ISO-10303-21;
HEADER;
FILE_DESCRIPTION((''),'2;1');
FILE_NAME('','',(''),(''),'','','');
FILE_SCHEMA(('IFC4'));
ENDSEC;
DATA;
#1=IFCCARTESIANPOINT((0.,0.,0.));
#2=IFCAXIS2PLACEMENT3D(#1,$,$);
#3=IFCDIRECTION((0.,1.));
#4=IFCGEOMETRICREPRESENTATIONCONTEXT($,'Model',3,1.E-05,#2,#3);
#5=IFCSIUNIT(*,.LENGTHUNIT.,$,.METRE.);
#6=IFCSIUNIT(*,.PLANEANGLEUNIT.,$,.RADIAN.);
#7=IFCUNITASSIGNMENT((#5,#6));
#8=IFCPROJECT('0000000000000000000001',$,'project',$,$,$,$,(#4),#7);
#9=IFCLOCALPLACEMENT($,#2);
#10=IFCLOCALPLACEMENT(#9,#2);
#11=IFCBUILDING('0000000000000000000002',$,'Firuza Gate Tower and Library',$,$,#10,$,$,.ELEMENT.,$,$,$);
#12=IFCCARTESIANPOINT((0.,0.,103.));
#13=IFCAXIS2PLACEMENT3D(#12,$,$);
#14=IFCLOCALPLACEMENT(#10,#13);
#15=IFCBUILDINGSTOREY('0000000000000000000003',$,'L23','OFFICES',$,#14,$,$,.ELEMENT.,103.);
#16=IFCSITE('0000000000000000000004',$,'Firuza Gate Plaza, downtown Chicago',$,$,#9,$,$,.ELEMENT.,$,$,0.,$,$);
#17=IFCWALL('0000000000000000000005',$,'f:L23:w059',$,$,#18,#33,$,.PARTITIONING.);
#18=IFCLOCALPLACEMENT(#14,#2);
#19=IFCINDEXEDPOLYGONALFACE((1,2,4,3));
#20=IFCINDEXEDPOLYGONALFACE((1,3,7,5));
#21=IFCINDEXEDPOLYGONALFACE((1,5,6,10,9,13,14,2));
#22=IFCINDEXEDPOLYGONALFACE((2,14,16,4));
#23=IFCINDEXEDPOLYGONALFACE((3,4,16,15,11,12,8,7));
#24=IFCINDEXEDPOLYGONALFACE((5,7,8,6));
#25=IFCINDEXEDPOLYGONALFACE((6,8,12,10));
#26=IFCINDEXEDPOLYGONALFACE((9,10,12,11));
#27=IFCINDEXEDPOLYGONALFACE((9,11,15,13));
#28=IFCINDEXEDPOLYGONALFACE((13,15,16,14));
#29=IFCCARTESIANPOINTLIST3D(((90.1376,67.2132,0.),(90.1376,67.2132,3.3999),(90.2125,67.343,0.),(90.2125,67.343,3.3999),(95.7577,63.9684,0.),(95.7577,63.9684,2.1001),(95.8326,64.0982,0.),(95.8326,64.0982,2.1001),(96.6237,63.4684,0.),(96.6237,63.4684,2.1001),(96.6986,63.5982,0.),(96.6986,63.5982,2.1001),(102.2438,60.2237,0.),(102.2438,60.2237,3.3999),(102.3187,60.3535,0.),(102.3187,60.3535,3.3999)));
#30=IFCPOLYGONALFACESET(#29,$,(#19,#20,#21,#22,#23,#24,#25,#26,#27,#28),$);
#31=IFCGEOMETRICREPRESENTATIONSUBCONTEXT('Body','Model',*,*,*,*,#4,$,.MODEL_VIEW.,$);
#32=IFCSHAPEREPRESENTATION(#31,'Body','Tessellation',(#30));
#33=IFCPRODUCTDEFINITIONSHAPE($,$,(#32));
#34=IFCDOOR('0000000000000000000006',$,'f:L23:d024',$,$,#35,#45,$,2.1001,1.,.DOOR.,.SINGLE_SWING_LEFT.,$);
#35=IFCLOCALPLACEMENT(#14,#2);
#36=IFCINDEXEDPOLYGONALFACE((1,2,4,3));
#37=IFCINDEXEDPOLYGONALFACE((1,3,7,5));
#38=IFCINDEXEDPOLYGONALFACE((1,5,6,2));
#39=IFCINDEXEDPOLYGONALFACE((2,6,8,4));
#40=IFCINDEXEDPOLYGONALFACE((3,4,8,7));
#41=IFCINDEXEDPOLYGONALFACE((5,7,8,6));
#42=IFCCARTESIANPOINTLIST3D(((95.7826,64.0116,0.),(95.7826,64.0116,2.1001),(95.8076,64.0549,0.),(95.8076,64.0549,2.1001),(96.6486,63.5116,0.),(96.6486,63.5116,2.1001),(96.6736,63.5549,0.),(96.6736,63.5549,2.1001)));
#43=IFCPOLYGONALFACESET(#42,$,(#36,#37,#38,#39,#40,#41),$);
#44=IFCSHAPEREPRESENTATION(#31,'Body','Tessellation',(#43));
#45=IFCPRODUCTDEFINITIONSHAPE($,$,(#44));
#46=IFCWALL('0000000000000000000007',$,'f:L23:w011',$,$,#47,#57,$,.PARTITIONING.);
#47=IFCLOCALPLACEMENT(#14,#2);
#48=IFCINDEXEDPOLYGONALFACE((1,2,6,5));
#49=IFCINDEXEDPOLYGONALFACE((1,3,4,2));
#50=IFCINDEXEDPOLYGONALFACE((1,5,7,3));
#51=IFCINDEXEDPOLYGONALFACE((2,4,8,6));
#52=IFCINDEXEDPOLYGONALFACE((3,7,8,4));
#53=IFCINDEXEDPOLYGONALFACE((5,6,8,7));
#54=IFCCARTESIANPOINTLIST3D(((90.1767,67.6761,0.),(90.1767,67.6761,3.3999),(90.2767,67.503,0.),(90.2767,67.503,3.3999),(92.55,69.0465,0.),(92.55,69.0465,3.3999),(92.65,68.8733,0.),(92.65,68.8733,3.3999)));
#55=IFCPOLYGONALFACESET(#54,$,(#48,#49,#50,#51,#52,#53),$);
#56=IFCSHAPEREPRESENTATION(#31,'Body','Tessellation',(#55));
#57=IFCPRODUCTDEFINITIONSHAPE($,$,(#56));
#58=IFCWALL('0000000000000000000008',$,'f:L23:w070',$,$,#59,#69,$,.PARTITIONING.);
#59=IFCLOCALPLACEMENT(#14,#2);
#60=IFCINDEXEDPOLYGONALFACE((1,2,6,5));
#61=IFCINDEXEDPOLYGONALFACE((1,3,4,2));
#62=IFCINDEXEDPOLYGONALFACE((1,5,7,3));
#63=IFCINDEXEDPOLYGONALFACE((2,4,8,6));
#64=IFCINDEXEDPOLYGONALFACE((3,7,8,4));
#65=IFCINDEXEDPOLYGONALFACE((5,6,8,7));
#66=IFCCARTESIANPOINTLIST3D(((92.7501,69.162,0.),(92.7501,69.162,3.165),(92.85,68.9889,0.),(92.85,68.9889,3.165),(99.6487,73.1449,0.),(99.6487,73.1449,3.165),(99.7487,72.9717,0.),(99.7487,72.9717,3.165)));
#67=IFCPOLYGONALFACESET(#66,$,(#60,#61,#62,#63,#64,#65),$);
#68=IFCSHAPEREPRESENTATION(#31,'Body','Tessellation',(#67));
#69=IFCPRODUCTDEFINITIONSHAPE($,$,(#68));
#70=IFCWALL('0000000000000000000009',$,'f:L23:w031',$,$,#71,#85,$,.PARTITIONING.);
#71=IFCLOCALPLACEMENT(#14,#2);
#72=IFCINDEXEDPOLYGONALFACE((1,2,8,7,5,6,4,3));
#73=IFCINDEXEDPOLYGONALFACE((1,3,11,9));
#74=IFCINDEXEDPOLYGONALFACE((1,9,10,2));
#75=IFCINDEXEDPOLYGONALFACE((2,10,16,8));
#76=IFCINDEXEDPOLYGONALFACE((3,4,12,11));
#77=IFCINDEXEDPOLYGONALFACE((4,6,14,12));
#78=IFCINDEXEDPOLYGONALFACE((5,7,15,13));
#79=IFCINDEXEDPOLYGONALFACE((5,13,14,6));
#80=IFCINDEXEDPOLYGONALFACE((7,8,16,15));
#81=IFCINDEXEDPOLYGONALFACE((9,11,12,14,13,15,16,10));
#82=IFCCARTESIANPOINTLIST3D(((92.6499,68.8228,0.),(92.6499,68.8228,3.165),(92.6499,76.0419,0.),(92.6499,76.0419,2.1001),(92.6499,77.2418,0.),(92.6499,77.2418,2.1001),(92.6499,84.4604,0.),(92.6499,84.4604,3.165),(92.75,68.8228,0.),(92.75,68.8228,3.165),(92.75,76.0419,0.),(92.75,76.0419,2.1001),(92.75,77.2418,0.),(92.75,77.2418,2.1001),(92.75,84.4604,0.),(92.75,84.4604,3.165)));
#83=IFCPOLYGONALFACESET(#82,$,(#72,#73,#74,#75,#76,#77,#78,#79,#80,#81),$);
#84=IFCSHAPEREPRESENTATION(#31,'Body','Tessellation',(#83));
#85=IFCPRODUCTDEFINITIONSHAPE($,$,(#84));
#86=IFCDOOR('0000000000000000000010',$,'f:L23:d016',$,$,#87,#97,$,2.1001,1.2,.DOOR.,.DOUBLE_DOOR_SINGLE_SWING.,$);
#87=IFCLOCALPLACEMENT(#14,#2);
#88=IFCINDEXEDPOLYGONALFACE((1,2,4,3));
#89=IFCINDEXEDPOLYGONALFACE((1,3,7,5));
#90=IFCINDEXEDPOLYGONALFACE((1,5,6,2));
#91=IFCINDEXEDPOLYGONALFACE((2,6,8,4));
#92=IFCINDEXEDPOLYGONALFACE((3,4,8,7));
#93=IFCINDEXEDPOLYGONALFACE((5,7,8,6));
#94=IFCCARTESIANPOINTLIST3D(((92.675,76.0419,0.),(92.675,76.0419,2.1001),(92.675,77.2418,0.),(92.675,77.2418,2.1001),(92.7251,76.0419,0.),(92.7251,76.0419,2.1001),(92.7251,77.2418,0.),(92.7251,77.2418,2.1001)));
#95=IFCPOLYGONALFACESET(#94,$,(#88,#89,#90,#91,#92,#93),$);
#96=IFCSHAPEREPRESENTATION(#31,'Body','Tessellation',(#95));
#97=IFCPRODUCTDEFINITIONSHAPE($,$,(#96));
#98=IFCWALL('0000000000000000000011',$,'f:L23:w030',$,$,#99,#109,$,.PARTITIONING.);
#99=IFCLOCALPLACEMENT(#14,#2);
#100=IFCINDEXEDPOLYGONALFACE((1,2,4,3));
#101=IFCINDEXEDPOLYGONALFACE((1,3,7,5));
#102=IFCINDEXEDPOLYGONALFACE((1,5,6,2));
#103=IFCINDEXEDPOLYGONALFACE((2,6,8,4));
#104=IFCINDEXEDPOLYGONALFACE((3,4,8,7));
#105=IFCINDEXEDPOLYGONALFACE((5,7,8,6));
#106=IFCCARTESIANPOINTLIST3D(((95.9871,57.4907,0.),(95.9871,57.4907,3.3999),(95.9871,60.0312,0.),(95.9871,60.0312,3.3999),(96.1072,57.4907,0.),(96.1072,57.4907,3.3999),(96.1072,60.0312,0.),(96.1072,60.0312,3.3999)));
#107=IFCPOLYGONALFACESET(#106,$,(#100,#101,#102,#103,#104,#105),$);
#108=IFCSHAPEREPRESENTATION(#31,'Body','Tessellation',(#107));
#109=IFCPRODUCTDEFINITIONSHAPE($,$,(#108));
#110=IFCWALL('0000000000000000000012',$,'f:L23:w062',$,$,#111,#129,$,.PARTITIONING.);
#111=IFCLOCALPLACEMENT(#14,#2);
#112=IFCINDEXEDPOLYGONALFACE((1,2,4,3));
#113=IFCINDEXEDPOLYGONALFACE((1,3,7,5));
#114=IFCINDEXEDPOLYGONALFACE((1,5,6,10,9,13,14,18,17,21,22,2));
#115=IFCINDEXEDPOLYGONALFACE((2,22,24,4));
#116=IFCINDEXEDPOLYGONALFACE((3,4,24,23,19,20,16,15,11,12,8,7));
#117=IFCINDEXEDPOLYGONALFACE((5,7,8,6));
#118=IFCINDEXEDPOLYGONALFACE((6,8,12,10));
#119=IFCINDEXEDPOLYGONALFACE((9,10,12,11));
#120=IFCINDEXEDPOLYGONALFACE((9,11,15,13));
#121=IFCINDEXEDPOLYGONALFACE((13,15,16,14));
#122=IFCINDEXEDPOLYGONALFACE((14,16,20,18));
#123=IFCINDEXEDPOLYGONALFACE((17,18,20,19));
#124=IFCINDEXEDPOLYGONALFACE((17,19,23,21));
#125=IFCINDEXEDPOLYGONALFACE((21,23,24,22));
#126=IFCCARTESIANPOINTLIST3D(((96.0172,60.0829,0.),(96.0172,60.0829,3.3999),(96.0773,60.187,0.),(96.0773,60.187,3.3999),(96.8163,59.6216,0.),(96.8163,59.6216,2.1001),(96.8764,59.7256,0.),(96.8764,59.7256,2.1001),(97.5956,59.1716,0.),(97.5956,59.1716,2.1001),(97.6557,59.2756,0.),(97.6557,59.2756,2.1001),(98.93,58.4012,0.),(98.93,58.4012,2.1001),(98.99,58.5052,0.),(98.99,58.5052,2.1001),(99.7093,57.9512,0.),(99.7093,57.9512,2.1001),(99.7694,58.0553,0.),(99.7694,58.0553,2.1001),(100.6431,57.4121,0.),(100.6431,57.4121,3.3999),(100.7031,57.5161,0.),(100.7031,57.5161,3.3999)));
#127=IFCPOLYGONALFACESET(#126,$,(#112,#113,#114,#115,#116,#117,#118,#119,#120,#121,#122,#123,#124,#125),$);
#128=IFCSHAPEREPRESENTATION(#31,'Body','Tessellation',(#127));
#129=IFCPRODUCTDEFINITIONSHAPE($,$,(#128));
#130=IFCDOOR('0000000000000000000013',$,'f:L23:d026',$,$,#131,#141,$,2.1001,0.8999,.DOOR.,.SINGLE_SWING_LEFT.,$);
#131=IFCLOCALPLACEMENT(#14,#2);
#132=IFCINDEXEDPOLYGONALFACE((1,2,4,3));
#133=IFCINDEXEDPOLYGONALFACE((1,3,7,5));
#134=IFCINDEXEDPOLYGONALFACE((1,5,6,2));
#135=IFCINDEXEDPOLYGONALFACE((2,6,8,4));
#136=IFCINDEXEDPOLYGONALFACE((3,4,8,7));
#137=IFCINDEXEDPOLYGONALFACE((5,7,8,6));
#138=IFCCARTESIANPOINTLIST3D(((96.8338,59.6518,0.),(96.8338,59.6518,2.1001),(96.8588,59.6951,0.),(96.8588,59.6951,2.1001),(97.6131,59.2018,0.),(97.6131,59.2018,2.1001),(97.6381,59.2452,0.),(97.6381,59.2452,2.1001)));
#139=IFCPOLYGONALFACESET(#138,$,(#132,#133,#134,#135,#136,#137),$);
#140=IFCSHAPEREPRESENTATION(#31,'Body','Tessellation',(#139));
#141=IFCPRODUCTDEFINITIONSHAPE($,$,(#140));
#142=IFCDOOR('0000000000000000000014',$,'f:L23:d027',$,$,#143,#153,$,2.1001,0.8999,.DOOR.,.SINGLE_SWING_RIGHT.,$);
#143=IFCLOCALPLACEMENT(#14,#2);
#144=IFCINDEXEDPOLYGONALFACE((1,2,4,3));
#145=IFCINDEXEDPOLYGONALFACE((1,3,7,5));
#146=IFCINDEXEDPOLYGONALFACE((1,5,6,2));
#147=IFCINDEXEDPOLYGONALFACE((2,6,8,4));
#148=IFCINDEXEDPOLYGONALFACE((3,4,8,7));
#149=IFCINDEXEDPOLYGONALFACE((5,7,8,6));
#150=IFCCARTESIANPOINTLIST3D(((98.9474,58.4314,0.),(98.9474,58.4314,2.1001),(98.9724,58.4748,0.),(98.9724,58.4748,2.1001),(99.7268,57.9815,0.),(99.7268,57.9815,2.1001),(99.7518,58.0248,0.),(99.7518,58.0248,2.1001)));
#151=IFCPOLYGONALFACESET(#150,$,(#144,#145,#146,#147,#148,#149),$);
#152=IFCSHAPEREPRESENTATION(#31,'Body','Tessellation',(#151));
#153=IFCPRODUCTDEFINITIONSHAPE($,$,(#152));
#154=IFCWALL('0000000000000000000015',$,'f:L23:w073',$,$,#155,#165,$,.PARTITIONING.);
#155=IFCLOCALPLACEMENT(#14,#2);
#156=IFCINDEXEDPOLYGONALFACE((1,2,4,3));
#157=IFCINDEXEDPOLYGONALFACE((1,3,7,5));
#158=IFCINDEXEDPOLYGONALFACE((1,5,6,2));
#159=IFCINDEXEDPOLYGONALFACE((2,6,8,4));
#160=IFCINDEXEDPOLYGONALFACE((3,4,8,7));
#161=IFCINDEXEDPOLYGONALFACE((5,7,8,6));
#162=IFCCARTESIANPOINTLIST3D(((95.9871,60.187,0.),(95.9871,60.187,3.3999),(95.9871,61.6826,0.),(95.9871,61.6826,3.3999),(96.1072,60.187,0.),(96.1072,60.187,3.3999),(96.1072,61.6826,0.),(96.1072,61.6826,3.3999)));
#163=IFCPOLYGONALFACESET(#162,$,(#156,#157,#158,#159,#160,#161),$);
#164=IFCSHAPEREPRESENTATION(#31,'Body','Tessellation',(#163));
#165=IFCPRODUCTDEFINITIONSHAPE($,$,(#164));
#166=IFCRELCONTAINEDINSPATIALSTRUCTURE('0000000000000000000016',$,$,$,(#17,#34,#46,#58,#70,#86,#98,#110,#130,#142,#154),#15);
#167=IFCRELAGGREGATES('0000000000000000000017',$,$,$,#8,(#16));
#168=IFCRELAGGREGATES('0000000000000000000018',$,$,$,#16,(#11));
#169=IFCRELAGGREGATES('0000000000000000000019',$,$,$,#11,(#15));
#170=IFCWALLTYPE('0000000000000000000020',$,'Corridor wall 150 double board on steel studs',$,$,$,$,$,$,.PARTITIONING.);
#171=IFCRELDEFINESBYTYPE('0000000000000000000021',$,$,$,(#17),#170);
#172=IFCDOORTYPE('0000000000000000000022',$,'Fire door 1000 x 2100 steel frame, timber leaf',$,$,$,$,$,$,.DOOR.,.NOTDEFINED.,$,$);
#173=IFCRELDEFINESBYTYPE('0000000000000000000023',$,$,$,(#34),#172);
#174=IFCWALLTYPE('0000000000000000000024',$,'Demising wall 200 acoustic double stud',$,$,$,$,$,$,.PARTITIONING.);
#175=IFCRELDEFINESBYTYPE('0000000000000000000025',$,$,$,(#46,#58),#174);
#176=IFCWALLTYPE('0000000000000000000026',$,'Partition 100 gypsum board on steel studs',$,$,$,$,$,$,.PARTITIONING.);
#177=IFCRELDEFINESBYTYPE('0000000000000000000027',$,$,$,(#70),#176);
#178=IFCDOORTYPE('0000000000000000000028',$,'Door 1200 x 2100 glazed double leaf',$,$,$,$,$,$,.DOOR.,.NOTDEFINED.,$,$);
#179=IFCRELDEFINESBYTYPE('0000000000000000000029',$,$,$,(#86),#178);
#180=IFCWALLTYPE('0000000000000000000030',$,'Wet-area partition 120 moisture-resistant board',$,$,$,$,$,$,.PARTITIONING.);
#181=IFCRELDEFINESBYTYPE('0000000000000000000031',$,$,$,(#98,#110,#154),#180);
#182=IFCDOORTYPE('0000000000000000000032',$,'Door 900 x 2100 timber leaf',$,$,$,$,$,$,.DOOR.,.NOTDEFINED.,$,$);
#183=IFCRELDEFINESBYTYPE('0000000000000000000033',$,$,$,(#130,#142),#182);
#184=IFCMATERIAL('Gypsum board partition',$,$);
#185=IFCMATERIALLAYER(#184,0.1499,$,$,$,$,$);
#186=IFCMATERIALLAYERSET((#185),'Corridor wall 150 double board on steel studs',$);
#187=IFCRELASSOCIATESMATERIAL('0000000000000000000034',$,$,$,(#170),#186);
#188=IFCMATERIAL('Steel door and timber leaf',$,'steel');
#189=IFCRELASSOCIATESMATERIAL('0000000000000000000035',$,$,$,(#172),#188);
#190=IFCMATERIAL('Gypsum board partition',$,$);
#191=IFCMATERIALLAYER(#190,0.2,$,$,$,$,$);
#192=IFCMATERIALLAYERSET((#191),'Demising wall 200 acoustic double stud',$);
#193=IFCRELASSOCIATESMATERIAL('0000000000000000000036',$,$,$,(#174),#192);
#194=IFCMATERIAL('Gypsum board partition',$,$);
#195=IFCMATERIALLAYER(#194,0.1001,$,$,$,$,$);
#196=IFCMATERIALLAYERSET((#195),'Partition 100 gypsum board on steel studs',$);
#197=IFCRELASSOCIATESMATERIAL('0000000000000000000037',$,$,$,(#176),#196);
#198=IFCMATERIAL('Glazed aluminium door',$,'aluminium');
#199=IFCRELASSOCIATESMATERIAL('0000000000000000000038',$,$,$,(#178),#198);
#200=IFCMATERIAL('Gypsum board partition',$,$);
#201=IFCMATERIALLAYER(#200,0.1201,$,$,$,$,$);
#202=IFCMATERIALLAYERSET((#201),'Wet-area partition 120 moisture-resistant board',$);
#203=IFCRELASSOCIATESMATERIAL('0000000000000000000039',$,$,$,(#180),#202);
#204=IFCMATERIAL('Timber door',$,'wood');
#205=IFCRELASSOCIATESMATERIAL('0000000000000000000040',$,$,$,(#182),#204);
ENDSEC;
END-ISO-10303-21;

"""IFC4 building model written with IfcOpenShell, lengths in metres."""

from ifc_helpers import new_model, si_unit, direction, frame, frame_2d, origin, place, context, subcontext, project, spatial, rectangle, extrude, material, layer, layer_set, type_object, element, fill, save


model = new_model("IFC4")

# Units and contexts
model_context = context("Model", 3, precision=1e-05, world=origin(), true_north=direction((0.0, 1.0)))
body_context = subcontext(model_context, "Body", "Model", "MODEL_VIEW")
ifc_project = project(units=[si_unit("LENGTHUNIT", "METRE"), si_unit("PLANEANGLEUNIT", "RADIAN")], contexts=[model_context])

# Site, building, storey
site_placement = place(None, origin())
site = spatial("IfcSite", under=ifc_project, at=site_placement, Name="Firuza Gate Plaza, downtown Chicago", CompositionType="ELEMENT", RefElevation=0.0)
building_placement = place(site_placement, origin())
building = spatial("IfcBuilding", under=site, at=building_placement, Name="Firuza Gate Tower and Library", CompositionType="ELEMENT")
storey_placement = place(building_placement, frame((0.0, 0.0, 103.0)))
storey = spatial("IfcBuildingStorey", under=building, at=storey_placement, Name="L23", Description="OFFICES", CompositionType="ELEMENT", Elevation=103.0)

# Shared definitions
ifc_material_1 = material(Name="Gypsum board partition")
ifc_layer_1 = layer(ifc_material_1, 0.1499)
ifc_layer_set_1 = layer_set([ifc_layer_1], Name="Corridor wall 150 double board on steel studs")
wall_type_1 = type_object("IfcWallType", Name="Corridor wall 150 double board on steel studs", PredefinedType="PARTITIONING", material=ifc_layer_set_1)

# Wall, opening, door
wall_1_placement = place(storey_placement, frame((90.175, 67.2781, 0.0), z_axis=(0.0, 0.0, 1.0), x_axis=(0.866026, -0.499999, 0.0)))
wall_1 = element("IfcWall", 1, at=wall_1_placement, inside=storey, type_object=wall_type_1, Name="f:L23:w059", PredefinedType="PARTITIONING", context=body_context, shape_type="SweptSolid", body=[
    extrude(rectangle(XDim=13.979, YDim=0.1499, at=frame_2d((6.9895, 0.0))), origin(), (0.0, 0.0, 1.0), 3.3999),
])
opening_1_placement = place(wall_1_placement, frame((6.4895, 0.0, 0.0)))
opening_1 = element("IfcOpeningElement", 2, at=opening_1_placement, cuts=wall_1, PredefinedType="OPENING", context=body_context, shape_type="SweptSolid", body=[
    extrude(rectangle(XDim=1.0, YDim=2.1001, at=frame_2d((0.5, 1.05))), frame((0.0, 0.085, 0.0), z_axis=(0.0, -1.0, 0.0), x_axis=(1.0, 0.0, 0.0)), (0.0, 0.0, 1.0), 0.1699),
])
ifc_material_2 = material(Name="Steel door and timber leaf", Category="steel")
door_type_1 = type_object("IfcDoorType", Name="Fire door 1000 x 2100 steel frame, timber leaf", OperationType="NOTDEFINED", PredefinedType="DOOR", material=ifc_material_2)
door_1_placement = place(opening_1_placement, origin())
door_1 = element("IfcDoor", 3, at=door_1_placement, inside=storey, type_object=door_type_1, Name="f:L23:d024", OperationType="SINGLE_SWING_LEFT", OverallHeight=2.1001, OverallWidth=1.0, PredefinedType="DOOR", context=body_context, shape_type="SweptSolid", body=[
    extrude(rectangle(XDim=1.0, YDim=2.1001, at=frame_2d((0.5, 1.05))), frame((0.0, 0.0249, 0.0), z_axis=(0.0, -1.0, 0.0), x_axis=(1.0, 0.0, 0.0)), (0.0, 0.0, 1.0), 0.05),
])
fill(opening_1, door_1)

# Walls
ifc_material_3 = material(Name="Gypsum board partition")
ifc_layer_2 = layer(ifc_material_3, 0.2)
ifc_layer_set_2 = layer_set([ifc_layer_2], Name="Demising wall 200 acoustic double stud")
wall_type_2 = type_object("IfcWallType", Name="Demising wall 200 acoustic double stud", PredefinedType="PARTITIONING", material=ifc_layer_set_2)
wall_2_placement = place(storey_placement, frame((90.2268, 67.5896, 0.0), z_axis=(0.0, 0.0, 1.0), x_axis=(0.866003, 0.500039, 0.0)))
element("IfcWall", 4, at=wall_2_placement, inside=storey, type_object=wall_type_2, Name="f:L23:w011", PredefinedType="PARTITIONING", context=body_context, shape_type="SweptSolid", body=[
    extrude(rectangle(XDim=2.7405, YDim=0.2, at=frame_2d((1.3701, 0.0))), origin(), (0.0, 0.0, 1.0), 3.3999),
])
wall_3_placement = place(storey_placement, frame((92.8, 69.0754, 0.0), z_axis=(0.0, 0.0, 1.0), x_axis=(0.866028, 0.499996, 0.0)))
element("IfcWall", 5, at=wall_3_placement, inside=storey, type_object=wall_type_2, Name="f:L23:w070", PredefinedType="PARTITIONING", context=body_context, shape_type="SweptSolid", body=[
    extrude(rectangle(XDim=7.9658, YDim=0.2, at=frame_2d((3.9829, 0.0))), origin(), (0.0, 0.0, 1.0), 3.165),
])

# Wall, opening, door
ifc_material_4 = material(Name="Gypsum board partition")
ifc_layer_3 = layer(ifc_material_4, 0.1001)
ifc_layer_set_3 = layer_set([ifc_layer_3], Name="Partition 100 gypsum board on steel studs")
wall_type_3 = type_object("IfcWallType", Name="Partition 100 gypsum board on steel studs", PredefinedType="PARTITIONING", material=ifc_layer_set_3)
wall_4_placement = place(storey_placement, frame((92.7, 68.8228, 0.0), z_axis=(0.0, 0.0, 1.0), x_axis=(0.0, 1.0, 0.0)))
wall_4 = element("IfcWall", 6, at=wall_4_placement, inside=storey, type_object=wall_type_3, Name="f:L23:w031", PredefinedType="PARTITIONING", context=body_context, shape_type="SweptSolid", body=[
    extrude(rectangle(XDim=15.6377, YDim=0.1001, at=frame_2d((7.8188, 0.0))), origin(), (0.0, 0.0, 1.0), 3.165),
])
opening_2_placement = place(wall_4_placement, frame((7.219, 0.0, 0.0)))
opening_2 = element("IfcOpeningElement", 7, at=opening_2_placement, cuts=wall_4, PredefinedType="OPENING", context=body_context, shape_type="SweptSolid", body=[
    extrude(rectangle(XDim=1.2, YDim=2.1001, at=frame_2d((0.6001, 1.05))), frame((0.0, 0.0601, 0.0), z_axis=(0.0, -1.0, 0.0), x_axis=(1.0, 0.0, 0.0)), (0.0, 0.0, 1.0), 0.1201),
])
ifc_material_5 = material(Name="Glazed aluminium door", Category="aluminium")
door_type_2 = type_object("IfcDoorType", Name="Door 1200 x 2100 glazed double leaf", OperationType="NOTDEFINED", PredefinedType="DOOR", material=ifc_material_5)
door_2_placement = place(opening_2_placement, origin())
door_2 = element("IfcDoor", 8, at=door_2_placement, inside=storey, type_object=door_type_2, Name="f:L23:d016", OperationType="DOUBLE_DOOR_SINGLE_SWING", OverallHeight=2.1001, OverallWidth=1.2, PredefinedType="DOOR", context=body_context, shape_type="SweptSolid", body=[
    extrude(rectangle(XDim=1.2, YDim=2.1001, at=frame_2d((0.6001, 1.05))), frame((0.0, 0.0249, 0.0), z_axis=(0.0, -1.0, 0.0), x_axis=(1.0, 0.0, 0.0)), (0.0, 0.0, 1.0), 0.05),
])
fill(opening_2, door_2)

# Wall
ifc_material_6 = material(Name="Gypsum board partition")
ifc_layer_4 = layer(ifc_material_6, 0.1201)
ifc_layer_set_4 = layer_set([ifc_layer_4], Name="Wet-area partition 120 moisture-resistant board")
wall_type_4 = type_object("IfcWallType", Name="Wet-area partition 120 moisture-resistant board", PredefinedType="PARTITIONING", material=ifc_layer_set_4)
wall_5_placement = place(storey_placement, frame((96.0471, 57.4907, 0.0), z_axis=(0.0, 0.0, 1.0), x_axis=(0.0, 1.0, 0.0)))
element("IfcWall", 9, at=wall_5_placement, inside=storey, type_object=wall_type_4, Name="f:L23:w030", PredefinedType="PARTITIONING", context=body_context, shape_type="SweptSolid", body=[
    extrude(rectangle(XDim=2.5405, YDim=0.1201, at=frame_2d((1.2703, 0.0))), origin(), (0.0, 0.0, 1.0), 3.3999),
])

# Wall, openings, doors
wall_6_placement = place(storey_placement, frame((96.0471, 60.135, 0.0), z_axis=(0.0, 0.0, 1.0), x_axis=(0.866018, -0.500013, 0.0)))
wall_6 = element("IfcWall", 10, at=wall_6_placement, inside=storey, type_object=wall_type_4, Name="f:L23:w062", PredefinedType="PARTITIONING", context=body_context, shape_type="SweptSolid", body=[
    extrude(rectangle(XDim=5.3416, YDim=0.1201, at=frame_2d((2.6709, 0.0))), origin(), (0.0, 0.0, 1.0), 3.3999),
])
opening_3_placement = place(wall_6_placement, frame((0.9229, 0.0, 0.0)))
opening_3 = element("IfcOpeningElement", 11, at=opening_3_placement, cuts=wall_6, PredefinedType="OPENING", context=body_context, shape_type="SweptSolid", body=[
    extrude(rectangle(XDim=0.8999, YDim=2.1001, at=frame_2d((0.45, 1.05))), frame((0.0, 0.0701, 0.0), z_axis=(0.0, -1.0, 0.0), x_axis=(1.0, 0.0, 0.0)), (0.0, 0.0, 1.0), 0.1401),
])
opening_4_placement = place(wall_6_placement, frame((3.3635, 0.0, 0.0)))
opening_4 = element("IfcOpeningElement", 12, at=opening_4_placement, cuts=wall_6, PredefinedType="OPENING", context=body_context, shape_type="SweptSolid", body=[
    extrude(rectangle(XDim=0.8999, YDim=2.1001, at=frame_2d((0.45, 1.05))), frame((0.0, 0.0701, 0.0), z_axis=(0.0, -1.0, 0.0), x_axis=(1.0, 0.0, 0.0)), (0.0, 0.0, 1.0), 0.1401),
])
ifc_material_7 = material(Name="Timber door", Category="wood")
door_type_3 = type_object("IfcDoorType", Name="Door 900 x 2100 timber leaf", OperationType="NOTDEFINED", PredefinedType="DOOR", material=ifc_material_7)
door_3_placement = place(opening_3_placement, origin())
door_3 = element("IfcDoor", 13, at=door_3_placement, inside=storey, type_object=door_type_3, Name="f:L23:d026", OperationType="SINGLE_SWING_LEFT", OverallHeight=2.1001, OverallWidth=0.8999, PredefinedType="DOOR", context=body_context, shape_type="SweptSolid", body=[
    extrude(rectangle(XDim=0.8999, YDim=2.1001, at=frame_2d((0.45, 1.05))), frame((0.0, 0.0249, 0.0), z_axis=(0.0, -1.0, 0.0), x_axis=(1.0, 0.0, 0.0)), (0.0, 0.0, 1.0), 0.05),
])
fill(opening_3, door_3)
door_4_placement = place(opening_4_placement, origin())
door_4 = element("IfcDoor", 14, at=door_4_placement, inside=storey, type_object=door_type_3, Name="f:L23:d027", OperationType="SINGLE_SWING_RIGHT", OverallHeight=2.1001, OverallWidth=0.8999, PredefinedType="DOOR", context=body_context, shape_type="SweptSolid", body=[
    extrude(rectangle(XDim=0.8999, YDim=2.1001, at=frame_2d((0.45, 1.05))), frame((0.0, 0.0249, 0.0), z_axis=(0.0, -1.0, 0.0), x_axis=(1.0, 0.0, 0.0)), (0.0, 0.0, 1.0), 0.05),
])
fill(opening_4, door_4)

# Wall
wall_7_placement = place(storey_placement, frame((96.0471, 60.187, 0.0), z_axis=(0.0, 0.0, 1.0), x_axis=(0.0, 1.0, 0.0)))
element("IfcWall", 15, at=wall_7_placement, inside=storey, type_object=wall_type_4, Name="f:L23:w073", PredefinedType="PARTITIONING", context=body_context, shape_type="SweptSolid", body=[
    extrude(rectangle(XDim=1.4956, YDim=0.1201, at=frame_2d((0.7478, 0.0))), origin(), (0.0, 0.0, 1.0), 3.3999),
])

save(model, "model.ifc")
